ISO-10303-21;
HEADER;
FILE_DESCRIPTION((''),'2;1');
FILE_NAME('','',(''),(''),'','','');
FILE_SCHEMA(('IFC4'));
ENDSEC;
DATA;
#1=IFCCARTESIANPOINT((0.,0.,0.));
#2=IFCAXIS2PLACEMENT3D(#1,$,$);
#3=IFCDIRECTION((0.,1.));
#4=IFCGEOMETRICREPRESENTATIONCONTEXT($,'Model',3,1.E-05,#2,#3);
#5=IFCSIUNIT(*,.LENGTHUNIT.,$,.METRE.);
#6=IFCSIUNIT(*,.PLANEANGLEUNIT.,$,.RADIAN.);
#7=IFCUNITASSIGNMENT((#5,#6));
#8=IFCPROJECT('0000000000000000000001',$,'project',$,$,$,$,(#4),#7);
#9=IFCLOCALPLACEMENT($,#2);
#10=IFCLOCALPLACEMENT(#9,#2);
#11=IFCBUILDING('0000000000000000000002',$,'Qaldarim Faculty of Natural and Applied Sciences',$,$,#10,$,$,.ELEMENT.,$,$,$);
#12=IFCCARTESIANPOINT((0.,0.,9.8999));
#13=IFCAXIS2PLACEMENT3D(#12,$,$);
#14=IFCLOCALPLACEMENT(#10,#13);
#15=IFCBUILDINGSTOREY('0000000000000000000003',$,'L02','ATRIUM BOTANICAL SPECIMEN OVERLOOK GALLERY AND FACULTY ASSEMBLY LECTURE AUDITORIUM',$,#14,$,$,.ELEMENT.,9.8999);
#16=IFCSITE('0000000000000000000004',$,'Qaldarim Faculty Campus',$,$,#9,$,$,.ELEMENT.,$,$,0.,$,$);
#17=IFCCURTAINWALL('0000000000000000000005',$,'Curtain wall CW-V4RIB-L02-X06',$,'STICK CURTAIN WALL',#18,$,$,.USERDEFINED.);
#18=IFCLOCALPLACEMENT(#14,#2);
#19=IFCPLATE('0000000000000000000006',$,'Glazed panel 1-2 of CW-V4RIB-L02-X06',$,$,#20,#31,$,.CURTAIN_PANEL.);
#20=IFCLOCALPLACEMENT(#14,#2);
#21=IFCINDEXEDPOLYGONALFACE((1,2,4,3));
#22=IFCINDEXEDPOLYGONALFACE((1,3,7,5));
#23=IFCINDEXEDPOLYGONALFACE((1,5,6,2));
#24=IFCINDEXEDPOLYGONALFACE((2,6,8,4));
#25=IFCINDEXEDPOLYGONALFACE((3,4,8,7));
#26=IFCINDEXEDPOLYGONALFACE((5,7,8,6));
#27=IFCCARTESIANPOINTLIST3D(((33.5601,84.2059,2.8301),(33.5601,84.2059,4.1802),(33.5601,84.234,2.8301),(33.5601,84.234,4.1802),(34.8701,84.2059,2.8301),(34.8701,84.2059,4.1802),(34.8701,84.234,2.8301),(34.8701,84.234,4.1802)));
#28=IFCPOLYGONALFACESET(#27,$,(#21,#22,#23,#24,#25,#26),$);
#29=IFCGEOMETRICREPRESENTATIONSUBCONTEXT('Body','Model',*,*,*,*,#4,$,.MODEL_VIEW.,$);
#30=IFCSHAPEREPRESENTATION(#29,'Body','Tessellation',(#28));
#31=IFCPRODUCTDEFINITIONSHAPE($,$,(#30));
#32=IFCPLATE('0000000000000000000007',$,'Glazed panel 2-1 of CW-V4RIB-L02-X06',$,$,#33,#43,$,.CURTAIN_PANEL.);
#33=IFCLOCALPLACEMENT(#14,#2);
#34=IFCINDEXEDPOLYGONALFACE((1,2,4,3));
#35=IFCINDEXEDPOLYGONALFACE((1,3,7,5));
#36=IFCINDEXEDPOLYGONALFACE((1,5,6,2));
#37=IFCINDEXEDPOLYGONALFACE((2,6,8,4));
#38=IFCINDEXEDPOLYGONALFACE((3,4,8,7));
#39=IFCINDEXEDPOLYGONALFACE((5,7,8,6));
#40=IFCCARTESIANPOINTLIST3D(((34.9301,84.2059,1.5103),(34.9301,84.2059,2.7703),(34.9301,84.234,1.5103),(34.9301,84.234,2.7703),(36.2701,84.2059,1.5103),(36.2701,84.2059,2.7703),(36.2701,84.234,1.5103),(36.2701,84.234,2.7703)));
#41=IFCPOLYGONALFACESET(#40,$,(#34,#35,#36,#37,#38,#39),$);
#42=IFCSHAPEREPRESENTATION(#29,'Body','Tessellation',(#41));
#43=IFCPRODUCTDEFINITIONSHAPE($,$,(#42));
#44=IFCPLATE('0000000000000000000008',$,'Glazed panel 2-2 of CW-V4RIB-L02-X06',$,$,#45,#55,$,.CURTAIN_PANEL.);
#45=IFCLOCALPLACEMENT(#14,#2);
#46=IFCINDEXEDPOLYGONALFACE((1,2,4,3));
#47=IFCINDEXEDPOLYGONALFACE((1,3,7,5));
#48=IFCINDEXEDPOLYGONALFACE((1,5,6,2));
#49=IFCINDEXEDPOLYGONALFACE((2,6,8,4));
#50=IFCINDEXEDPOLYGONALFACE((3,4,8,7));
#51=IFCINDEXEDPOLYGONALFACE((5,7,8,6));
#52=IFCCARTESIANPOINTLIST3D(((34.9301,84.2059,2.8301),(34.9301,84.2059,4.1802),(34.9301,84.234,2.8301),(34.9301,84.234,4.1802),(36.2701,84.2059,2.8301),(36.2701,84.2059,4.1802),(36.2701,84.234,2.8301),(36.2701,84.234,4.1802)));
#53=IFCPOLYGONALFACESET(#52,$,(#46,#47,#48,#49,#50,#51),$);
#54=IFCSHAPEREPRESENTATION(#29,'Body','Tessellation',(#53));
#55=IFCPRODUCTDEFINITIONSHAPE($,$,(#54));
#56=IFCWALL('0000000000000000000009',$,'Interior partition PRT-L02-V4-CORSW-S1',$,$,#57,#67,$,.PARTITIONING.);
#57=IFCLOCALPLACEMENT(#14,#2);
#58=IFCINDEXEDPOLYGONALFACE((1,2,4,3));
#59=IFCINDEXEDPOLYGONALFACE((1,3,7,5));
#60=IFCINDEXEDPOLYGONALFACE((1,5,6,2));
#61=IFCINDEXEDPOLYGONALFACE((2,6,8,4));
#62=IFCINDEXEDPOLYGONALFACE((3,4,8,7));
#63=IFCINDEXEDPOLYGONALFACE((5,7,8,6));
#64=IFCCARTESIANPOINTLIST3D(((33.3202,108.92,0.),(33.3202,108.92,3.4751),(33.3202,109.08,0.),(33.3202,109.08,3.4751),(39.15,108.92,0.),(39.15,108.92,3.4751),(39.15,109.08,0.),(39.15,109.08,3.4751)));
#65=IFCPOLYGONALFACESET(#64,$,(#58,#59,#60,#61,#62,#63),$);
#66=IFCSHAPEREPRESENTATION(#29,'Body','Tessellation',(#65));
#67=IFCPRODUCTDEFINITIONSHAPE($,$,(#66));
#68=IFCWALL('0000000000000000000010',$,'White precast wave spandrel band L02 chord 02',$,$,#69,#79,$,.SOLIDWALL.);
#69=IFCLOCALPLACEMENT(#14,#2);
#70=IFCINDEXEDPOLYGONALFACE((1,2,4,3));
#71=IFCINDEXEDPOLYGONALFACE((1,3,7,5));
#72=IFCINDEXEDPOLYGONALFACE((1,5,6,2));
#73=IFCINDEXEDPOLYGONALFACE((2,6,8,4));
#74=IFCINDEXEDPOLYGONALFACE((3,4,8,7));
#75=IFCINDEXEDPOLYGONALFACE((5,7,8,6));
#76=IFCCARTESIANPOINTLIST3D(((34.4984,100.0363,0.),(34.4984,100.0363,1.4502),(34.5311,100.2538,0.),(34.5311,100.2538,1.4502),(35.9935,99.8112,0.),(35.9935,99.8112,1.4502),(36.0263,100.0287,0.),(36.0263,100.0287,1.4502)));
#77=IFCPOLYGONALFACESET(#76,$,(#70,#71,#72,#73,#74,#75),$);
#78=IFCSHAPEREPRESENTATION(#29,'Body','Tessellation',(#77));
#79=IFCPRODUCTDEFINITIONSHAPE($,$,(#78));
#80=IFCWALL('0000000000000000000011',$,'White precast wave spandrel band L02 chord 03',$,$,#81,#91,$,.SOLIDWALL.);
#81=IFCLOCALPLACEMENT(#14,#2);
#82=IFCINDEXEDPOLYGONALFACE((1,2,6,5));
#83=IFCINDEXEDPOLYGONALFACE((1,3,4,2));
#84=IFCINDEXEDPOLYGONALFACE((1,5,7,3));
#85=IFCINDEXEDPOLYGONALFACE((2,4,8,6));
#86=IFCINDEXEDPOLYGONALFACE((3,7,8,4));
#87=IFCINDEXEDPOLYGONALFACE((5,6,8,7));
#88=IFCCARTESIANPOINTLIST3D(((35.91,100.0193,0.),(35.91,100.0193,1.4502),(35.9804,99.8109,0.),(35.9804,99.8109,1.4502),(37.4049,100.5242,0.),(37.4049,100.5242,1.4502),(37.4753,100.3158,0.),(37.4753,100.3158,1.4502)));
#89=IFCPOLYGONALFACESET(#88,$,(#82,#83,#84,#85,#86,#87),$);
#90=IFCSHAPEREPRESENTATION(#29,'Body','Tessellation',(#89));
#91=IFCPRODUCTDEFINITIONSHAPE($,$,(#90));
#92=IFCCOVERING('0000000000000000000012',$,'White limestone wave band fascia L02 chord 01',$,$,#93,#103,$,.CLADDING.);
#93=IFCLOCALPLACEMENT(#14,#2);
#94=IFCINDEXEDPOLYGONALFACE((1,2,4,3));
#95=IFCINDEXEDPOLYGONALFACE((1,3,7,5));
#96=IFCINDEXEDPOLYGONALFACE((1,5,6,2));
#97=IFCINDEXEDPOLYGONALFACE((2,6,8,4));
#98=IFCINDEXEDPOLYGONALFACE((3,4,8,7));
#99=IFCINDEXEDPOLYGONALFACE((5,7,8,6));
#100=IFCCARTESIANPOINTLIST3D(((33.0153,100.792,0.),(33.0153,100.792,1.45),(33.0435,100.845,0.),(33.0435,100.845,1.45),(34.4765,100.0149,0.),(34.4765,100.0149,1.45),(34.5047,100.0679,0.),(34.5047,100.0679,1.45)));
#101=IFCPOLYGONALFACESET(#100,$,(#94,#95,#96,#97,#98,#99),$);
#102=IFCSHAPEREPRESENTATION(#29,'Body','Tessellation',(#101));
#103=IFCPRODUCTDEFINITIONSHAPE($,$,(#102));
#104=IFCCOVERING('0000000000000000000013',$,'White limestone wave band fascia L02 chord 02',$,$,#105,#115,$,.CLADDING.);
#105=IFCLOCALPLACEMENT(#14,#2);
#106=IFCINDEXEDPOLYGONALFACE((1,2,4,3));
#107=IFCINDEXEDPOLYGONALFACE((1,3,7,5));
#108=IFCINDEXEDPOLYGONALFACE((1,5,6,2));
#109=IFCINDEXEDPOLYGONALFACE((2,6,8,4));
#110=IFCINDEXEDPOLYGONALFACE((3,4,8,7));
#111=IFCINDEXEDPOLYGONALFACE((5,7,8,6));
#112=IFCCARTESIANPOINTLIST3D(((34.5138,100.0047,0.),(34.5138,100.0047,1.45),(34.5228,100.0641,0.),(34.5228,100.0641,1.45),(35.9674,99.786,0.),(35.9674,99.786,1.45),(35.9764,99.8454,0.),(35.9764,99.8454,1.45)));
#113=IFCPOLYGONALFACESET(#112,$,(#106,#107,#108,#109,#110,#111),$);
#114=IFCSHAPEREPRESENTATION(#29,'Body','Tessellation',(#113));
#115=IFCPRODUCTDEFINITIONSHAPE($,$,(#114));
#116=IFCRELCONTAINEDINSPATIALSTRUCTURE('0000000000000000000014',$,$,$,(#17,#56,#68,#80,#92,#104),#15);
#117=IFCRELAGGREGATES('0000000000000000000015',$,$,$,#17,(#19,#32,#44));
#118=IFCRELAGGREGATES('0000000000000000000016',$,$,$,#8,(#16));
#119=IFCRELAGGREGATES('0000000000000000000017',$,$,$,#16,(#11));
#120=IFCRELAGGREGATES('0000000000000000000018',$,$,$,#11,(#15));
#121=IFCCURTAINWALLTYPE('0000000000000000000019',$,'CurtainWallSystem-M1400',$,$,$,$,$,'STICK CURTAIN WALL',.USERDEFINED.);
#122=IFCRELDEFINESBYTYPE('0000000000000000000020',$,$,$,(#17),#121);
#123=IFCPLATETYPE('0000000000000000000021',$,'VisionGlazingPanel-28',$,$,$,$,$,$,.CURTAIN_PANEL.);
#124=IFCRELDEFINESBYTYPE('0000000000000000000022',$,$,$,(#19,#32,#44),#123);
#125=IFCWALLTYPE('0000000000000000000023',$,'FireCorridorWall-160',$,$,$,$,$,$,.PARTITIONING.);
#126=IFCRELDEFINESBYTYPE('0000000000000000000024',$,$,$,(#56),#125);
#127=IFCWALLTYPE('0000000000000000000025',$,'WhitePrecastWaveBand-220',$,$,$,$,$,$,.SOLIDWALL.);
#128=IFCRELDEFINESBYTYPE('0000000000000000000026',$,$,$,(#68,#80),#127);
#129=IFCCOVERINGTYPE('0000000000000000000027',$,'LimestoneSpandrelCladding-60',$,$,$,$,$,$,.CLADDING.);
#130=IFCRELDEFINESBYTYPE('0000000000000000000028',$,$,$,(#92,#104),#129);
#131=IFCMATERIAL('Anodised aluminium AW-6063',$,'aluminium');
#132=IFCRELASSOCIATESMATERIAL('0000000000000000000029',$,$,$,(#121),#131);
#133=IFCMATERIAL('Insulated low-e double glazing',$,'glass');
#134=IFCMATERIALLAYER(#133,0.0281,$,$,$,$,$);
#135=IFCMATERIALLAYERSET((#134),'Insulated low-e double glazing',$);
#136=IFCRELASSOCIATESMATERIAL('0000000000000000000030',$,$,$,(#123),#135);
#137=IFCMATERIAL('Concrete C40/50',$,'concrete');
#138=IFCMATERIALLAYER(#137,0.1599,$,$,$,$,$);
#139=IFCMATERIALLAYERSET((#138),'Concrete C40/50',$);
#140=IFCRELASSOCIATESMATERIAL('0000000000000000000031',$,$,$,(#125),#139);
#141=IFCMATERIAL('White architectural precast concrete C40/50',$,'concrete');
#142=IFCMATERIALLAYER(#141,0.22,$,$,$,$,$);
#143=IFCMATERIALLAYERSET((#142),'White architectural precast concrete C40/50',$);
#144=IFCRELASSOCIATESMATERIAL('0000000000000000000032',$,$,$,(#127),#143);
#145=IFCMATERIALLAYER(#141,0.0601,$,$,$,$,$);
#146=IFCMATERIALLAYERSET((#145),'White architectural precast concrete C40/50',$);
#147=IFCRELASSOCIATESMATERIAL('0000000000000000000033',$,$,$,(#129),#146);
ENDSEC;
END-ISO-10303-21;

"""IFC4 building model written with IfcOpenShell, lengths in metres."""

from ifc_helpers import new_model, si_unit, direction, frame, frame_2d, origin, origin_2d, place, context, subcontext, project, spatial, rectangle, extrude, material, layer, layer_set, type_object, element, aggregate, save


model = new_model("IFC4")

# Units and contexts
model_context = context("Model", 3, precision=1e-05, world=origin(), true_north=direction((0.0, 1.0)))
body_context = subcontext(model_context, "Body", "Model", "MODEL_VIEW")
ifc_project = project(units=[si_unit("LENGTHUNIT", "METRE"), si_unit("PLANEANGLEUNIT", "RADIAN")], contexts=[model_context])

# Site, building, storey
site_placement = place(None, origin())
site = spatial("IfcSite", under=ifc_project, at=site_placement, Name="Qaldarim Faculty Campus", CompositionType="ELEMENT", RefElevation=0.0)
building_placement = place(site_placement, origin())
building = spatial("IfcBuilding", under=site, at=building_placement, Name="Qaldarim Faculty of Natural and Applied Sciences", CompositionType="ELEMENT")
storey_placement = place(building_placement, frame((0.0, 0.0, 9.8999)))
storey = spatial("IfcBuildingStorey", under=building, at=storey_placement, Name="L02", Description="ATRIUM BOTANICAL SPECIMEN OVERLOOK GALLERY AND FACULTY ASSEMBLY LECTURE AUDITORIUM", CompositionType="ELEMENT", Elevation=9.8999)

# Shared definitions
ifc_material_1 = material(Name="Concrete C40/50", Category="concrete")

# Curtain wall
ifc_material_2 = material(Name="Anodised aluminium AW-6063", Category="aluminium")
curtain_wall_type = type_object("IfcCurtainWallType", Name="CurtainWallSystem-M1400", ElementType="STICK CURTAIN WALL", PredefinedType="USERDEFINED", material=ifc_material_2)
curtain_wall_placement = place(storey_placement, origin())
curtain_wall = element("IfcCurtainWall", 1, at=curtain_wall_placement, inside=storey, type_object=curtain_wall_type, Name="Curtain wall CW-V4RIB-L02-X06", ObjectType="STICK CURTAIN WALL", PredefinedType="USERDEFINED")

# Plates
ifc_material_3 = material(Name="Insulated low-e double glazing", Category="glass")
ifc_layer_1 = layer(ifc_material_3, 0.0281)
ifc_layer_set_1 = layer_set([ifc_layer_1], Name="Insulated low-e double glazing")
plate_type = type_object("IfcPlateType", Name="VisionGlazingPanel-28", PredefinedType="CURTAIN_PANEL", material=ifc_layer_set_1)
plate_1_placement = place(storey_placement, frame((34.2151, 84.22, 2.8301), z_axis=(0.0, 0.0, 1.0), x_axis=(1.0, 0.0, 0.0)))
plate_1 = element("IfcPlate", 2, at=plate_1_placement, type_object=plate_type, Name="Glazed panel 1-2 of CW-V4RIB-L02-X06", PredefinedType="CURTAIN_PANEL", context=body_context, shape_type="SweptSolid", body=[
    extrude(rectangle(XDim=1.3101, YDim=0.0281, at=origin_2d()), origin(), (0.0, 0.0, 1.0), 1.3501),
])
plate_2_placement = place(storey_placement, frame((35.6001, 84.22, 1.5103), z_axis=(0.0, 0.0, 1.0), x_axis=(1.0, 0.0, 0.0)))
plate_2 = element("IfcPlate", 3, at=plate_2_placement, type_object=plate_type, Name="Glazed panel 2-1 of CW-V4RIB-L02-X06", PredefinedType="CURTAIN_PANEL", context=body_context, shape_type="SweptSolid", body=[
    extrude(rectangle(XDim=1.3401, YDim=0.0281, at=origin_2d()), origin(), (0.0, 0.0, 1.0), 1.26),
])
plate_3_placement = place(storey_placement, frame((35.6001, 84.22, 2.8301), z_axis=(0.0, 0.0, 1.0), x_axis=(1.0, 0.0, 0.0)))
plate_3 = element("IfcPlate", 4, at=plate_3_placement, type_object=plate_type, Name="Glazed panel 2-2 of CW-V4RIB-L02-X06", PredefinedType="CURTAIN_PANEL", context=body_context, shape_type="SweptSolid", body=[
    extrude(rectangle(XDim=1.3401, YDim=0.0281, at=origin_2d()), origin(), (0.0, 0.0, 1.0), 1.3501),
])
aggregate(curtain_wall, [plate_1, plate_2, plate_3])

# Walls
ifc_layer_2 = layer(ifc_material_1, 0.1599)
ifc_layer_set_2 = layer_set([ifc_layer_2], Name="Concrete C40/50")
wall_type_1 = type_object("IfcWallType", Name="FireCorridorWall-160", PredefinedType="PARTITIONING", material=ifc_layer_set_2)
wall_1_placement = place(storey_placement, frame((33.3201, 109.0, 0.0), z_axis=(0.0, 0.0, 1.0), x_axis=(1.0, 0.0, 0.0)))
element("IfcWall", 5, at=wall_1_placement, inside=storey, type_object=wall_type_1, Name="Interior partition PRT-L02-V4-CORSW-S1", PredefinedType="PARTITIONING", context=body_context, shape_type="SweptSolid", body=[
    extrude(rectangle(XDim=5.8298, YDim=0.1599, at=frame_2d((2.915, 0.0))), origin(), (0.0, 0.0, 1.0), 3.4751),
])
ifc_material_4 = material(Name="White architectural precast concrete C40/50", Category="concrete")
ifc_layer_3 = layer(ifc_material_4, 0.22)
ifc_layer_set_3 = layer_set([ifc_layer_3], Name="White architectural precast concrete C40/50")
wall_type_2 = type_object("IfcWallType", Name="WhitePrecastWaveBand-220", PredefinedType="SOLIDWALL", material=ifc_layer_set_3)
wall_2_placement = place(storey_placement, frame((34.5149, 100.145, 0.0), z_axis=(0.0, 0.0, 1.0), x_axis=(0.988856, -0.148877, 0.0)))
element("IfcWall", 6, at=wall_2_placement, inside=storey, type_object=wall_type_2, Name="White precast wave spandrel band L02 chord 02", PredefinedType="SOLIDWALL", context=body_context, shape_type="SweptSolid", body=[
    extrude(rectangle(XDim=1.512, YDim=0.22, at=frame_2d((0.7559, 0.0))), origin(), (0.0, 0.0, 1.0), 1.4502),
])
wall_3_placement = place(storey_placement, frame((35.9451, 99.915, 0.0), z_axis=(0.0, 0.0, 1.0), x_axis=(0.947423, 0.319985, 0.0)))
element("IfcWall", 7, at=wall_3_placement, inside=storey, type_object=wall_type_2, Name="White precast wave spandrel band L02 chord 03", PredefinedType="SOLIDWALL", context=body_context, shape_type="SweptSolid", body=[
    extrude(rectangle(XDim=1.5779, YDim=0.22, at=frame_2d((0.7891, 0.0))), origin(), (0.0, 0.0, 1.0), 1.4502),
])

# Coverings
ifc_layer_4 = layer(ifc_material_4, 0.0601)
ifc_layer_set_4 = layer_set([ifc_layer_4], Name="White architectural precast concrete C40/50")
covering_type = type_object("IfcCoveringType", Name="LimestoneSpandrelCladding-60", PredefinedType="CLADDING", material=ifc_layer_set_4)
covering_1_placement = place(storey_placement, frame((33.76, 100.4299, 0.0), z_axis=(0.0, 0.0, 1.0), x_axis=(0.882923, -0.469518, 0.0)))
element("IfcCovering", 8, at=covering_1_placement, inside=storey, type_object=covering_type, Name="White limestone wave band fascia L02 chord 01", PredefinedType="CLADDING", context=body_context, shape_type="SweptSolid", body=[
    extrude(rectangle(XDim=1.655, YDim=0.0601, at=origin_2d()), origin(), (0.0, 0.0, 1.0), 1.45),
])
covering_2_placement = place(storey_placement, frame((35.2451, 99.925, 0.0), z_axis=(0.0, 0.0, 1.0), x_axis=(0.988863, -0.148828, 0.0)))
element("IfcCovering", 9, at=covering_2_placement, inside=storey, type_object=covering_type, Name="White limestone wave band fascia L02 chord 02", PredefinedType="CLADDING", context=body_context, shape_type="SweptSolid", body=[
    extrude(rectangle(XDim=1.47, YDim=0.0601, at=origin_2d()), origin(), (0.0, 0.0, 1.0), 1.45),
])

save(model, "model.ifc")
